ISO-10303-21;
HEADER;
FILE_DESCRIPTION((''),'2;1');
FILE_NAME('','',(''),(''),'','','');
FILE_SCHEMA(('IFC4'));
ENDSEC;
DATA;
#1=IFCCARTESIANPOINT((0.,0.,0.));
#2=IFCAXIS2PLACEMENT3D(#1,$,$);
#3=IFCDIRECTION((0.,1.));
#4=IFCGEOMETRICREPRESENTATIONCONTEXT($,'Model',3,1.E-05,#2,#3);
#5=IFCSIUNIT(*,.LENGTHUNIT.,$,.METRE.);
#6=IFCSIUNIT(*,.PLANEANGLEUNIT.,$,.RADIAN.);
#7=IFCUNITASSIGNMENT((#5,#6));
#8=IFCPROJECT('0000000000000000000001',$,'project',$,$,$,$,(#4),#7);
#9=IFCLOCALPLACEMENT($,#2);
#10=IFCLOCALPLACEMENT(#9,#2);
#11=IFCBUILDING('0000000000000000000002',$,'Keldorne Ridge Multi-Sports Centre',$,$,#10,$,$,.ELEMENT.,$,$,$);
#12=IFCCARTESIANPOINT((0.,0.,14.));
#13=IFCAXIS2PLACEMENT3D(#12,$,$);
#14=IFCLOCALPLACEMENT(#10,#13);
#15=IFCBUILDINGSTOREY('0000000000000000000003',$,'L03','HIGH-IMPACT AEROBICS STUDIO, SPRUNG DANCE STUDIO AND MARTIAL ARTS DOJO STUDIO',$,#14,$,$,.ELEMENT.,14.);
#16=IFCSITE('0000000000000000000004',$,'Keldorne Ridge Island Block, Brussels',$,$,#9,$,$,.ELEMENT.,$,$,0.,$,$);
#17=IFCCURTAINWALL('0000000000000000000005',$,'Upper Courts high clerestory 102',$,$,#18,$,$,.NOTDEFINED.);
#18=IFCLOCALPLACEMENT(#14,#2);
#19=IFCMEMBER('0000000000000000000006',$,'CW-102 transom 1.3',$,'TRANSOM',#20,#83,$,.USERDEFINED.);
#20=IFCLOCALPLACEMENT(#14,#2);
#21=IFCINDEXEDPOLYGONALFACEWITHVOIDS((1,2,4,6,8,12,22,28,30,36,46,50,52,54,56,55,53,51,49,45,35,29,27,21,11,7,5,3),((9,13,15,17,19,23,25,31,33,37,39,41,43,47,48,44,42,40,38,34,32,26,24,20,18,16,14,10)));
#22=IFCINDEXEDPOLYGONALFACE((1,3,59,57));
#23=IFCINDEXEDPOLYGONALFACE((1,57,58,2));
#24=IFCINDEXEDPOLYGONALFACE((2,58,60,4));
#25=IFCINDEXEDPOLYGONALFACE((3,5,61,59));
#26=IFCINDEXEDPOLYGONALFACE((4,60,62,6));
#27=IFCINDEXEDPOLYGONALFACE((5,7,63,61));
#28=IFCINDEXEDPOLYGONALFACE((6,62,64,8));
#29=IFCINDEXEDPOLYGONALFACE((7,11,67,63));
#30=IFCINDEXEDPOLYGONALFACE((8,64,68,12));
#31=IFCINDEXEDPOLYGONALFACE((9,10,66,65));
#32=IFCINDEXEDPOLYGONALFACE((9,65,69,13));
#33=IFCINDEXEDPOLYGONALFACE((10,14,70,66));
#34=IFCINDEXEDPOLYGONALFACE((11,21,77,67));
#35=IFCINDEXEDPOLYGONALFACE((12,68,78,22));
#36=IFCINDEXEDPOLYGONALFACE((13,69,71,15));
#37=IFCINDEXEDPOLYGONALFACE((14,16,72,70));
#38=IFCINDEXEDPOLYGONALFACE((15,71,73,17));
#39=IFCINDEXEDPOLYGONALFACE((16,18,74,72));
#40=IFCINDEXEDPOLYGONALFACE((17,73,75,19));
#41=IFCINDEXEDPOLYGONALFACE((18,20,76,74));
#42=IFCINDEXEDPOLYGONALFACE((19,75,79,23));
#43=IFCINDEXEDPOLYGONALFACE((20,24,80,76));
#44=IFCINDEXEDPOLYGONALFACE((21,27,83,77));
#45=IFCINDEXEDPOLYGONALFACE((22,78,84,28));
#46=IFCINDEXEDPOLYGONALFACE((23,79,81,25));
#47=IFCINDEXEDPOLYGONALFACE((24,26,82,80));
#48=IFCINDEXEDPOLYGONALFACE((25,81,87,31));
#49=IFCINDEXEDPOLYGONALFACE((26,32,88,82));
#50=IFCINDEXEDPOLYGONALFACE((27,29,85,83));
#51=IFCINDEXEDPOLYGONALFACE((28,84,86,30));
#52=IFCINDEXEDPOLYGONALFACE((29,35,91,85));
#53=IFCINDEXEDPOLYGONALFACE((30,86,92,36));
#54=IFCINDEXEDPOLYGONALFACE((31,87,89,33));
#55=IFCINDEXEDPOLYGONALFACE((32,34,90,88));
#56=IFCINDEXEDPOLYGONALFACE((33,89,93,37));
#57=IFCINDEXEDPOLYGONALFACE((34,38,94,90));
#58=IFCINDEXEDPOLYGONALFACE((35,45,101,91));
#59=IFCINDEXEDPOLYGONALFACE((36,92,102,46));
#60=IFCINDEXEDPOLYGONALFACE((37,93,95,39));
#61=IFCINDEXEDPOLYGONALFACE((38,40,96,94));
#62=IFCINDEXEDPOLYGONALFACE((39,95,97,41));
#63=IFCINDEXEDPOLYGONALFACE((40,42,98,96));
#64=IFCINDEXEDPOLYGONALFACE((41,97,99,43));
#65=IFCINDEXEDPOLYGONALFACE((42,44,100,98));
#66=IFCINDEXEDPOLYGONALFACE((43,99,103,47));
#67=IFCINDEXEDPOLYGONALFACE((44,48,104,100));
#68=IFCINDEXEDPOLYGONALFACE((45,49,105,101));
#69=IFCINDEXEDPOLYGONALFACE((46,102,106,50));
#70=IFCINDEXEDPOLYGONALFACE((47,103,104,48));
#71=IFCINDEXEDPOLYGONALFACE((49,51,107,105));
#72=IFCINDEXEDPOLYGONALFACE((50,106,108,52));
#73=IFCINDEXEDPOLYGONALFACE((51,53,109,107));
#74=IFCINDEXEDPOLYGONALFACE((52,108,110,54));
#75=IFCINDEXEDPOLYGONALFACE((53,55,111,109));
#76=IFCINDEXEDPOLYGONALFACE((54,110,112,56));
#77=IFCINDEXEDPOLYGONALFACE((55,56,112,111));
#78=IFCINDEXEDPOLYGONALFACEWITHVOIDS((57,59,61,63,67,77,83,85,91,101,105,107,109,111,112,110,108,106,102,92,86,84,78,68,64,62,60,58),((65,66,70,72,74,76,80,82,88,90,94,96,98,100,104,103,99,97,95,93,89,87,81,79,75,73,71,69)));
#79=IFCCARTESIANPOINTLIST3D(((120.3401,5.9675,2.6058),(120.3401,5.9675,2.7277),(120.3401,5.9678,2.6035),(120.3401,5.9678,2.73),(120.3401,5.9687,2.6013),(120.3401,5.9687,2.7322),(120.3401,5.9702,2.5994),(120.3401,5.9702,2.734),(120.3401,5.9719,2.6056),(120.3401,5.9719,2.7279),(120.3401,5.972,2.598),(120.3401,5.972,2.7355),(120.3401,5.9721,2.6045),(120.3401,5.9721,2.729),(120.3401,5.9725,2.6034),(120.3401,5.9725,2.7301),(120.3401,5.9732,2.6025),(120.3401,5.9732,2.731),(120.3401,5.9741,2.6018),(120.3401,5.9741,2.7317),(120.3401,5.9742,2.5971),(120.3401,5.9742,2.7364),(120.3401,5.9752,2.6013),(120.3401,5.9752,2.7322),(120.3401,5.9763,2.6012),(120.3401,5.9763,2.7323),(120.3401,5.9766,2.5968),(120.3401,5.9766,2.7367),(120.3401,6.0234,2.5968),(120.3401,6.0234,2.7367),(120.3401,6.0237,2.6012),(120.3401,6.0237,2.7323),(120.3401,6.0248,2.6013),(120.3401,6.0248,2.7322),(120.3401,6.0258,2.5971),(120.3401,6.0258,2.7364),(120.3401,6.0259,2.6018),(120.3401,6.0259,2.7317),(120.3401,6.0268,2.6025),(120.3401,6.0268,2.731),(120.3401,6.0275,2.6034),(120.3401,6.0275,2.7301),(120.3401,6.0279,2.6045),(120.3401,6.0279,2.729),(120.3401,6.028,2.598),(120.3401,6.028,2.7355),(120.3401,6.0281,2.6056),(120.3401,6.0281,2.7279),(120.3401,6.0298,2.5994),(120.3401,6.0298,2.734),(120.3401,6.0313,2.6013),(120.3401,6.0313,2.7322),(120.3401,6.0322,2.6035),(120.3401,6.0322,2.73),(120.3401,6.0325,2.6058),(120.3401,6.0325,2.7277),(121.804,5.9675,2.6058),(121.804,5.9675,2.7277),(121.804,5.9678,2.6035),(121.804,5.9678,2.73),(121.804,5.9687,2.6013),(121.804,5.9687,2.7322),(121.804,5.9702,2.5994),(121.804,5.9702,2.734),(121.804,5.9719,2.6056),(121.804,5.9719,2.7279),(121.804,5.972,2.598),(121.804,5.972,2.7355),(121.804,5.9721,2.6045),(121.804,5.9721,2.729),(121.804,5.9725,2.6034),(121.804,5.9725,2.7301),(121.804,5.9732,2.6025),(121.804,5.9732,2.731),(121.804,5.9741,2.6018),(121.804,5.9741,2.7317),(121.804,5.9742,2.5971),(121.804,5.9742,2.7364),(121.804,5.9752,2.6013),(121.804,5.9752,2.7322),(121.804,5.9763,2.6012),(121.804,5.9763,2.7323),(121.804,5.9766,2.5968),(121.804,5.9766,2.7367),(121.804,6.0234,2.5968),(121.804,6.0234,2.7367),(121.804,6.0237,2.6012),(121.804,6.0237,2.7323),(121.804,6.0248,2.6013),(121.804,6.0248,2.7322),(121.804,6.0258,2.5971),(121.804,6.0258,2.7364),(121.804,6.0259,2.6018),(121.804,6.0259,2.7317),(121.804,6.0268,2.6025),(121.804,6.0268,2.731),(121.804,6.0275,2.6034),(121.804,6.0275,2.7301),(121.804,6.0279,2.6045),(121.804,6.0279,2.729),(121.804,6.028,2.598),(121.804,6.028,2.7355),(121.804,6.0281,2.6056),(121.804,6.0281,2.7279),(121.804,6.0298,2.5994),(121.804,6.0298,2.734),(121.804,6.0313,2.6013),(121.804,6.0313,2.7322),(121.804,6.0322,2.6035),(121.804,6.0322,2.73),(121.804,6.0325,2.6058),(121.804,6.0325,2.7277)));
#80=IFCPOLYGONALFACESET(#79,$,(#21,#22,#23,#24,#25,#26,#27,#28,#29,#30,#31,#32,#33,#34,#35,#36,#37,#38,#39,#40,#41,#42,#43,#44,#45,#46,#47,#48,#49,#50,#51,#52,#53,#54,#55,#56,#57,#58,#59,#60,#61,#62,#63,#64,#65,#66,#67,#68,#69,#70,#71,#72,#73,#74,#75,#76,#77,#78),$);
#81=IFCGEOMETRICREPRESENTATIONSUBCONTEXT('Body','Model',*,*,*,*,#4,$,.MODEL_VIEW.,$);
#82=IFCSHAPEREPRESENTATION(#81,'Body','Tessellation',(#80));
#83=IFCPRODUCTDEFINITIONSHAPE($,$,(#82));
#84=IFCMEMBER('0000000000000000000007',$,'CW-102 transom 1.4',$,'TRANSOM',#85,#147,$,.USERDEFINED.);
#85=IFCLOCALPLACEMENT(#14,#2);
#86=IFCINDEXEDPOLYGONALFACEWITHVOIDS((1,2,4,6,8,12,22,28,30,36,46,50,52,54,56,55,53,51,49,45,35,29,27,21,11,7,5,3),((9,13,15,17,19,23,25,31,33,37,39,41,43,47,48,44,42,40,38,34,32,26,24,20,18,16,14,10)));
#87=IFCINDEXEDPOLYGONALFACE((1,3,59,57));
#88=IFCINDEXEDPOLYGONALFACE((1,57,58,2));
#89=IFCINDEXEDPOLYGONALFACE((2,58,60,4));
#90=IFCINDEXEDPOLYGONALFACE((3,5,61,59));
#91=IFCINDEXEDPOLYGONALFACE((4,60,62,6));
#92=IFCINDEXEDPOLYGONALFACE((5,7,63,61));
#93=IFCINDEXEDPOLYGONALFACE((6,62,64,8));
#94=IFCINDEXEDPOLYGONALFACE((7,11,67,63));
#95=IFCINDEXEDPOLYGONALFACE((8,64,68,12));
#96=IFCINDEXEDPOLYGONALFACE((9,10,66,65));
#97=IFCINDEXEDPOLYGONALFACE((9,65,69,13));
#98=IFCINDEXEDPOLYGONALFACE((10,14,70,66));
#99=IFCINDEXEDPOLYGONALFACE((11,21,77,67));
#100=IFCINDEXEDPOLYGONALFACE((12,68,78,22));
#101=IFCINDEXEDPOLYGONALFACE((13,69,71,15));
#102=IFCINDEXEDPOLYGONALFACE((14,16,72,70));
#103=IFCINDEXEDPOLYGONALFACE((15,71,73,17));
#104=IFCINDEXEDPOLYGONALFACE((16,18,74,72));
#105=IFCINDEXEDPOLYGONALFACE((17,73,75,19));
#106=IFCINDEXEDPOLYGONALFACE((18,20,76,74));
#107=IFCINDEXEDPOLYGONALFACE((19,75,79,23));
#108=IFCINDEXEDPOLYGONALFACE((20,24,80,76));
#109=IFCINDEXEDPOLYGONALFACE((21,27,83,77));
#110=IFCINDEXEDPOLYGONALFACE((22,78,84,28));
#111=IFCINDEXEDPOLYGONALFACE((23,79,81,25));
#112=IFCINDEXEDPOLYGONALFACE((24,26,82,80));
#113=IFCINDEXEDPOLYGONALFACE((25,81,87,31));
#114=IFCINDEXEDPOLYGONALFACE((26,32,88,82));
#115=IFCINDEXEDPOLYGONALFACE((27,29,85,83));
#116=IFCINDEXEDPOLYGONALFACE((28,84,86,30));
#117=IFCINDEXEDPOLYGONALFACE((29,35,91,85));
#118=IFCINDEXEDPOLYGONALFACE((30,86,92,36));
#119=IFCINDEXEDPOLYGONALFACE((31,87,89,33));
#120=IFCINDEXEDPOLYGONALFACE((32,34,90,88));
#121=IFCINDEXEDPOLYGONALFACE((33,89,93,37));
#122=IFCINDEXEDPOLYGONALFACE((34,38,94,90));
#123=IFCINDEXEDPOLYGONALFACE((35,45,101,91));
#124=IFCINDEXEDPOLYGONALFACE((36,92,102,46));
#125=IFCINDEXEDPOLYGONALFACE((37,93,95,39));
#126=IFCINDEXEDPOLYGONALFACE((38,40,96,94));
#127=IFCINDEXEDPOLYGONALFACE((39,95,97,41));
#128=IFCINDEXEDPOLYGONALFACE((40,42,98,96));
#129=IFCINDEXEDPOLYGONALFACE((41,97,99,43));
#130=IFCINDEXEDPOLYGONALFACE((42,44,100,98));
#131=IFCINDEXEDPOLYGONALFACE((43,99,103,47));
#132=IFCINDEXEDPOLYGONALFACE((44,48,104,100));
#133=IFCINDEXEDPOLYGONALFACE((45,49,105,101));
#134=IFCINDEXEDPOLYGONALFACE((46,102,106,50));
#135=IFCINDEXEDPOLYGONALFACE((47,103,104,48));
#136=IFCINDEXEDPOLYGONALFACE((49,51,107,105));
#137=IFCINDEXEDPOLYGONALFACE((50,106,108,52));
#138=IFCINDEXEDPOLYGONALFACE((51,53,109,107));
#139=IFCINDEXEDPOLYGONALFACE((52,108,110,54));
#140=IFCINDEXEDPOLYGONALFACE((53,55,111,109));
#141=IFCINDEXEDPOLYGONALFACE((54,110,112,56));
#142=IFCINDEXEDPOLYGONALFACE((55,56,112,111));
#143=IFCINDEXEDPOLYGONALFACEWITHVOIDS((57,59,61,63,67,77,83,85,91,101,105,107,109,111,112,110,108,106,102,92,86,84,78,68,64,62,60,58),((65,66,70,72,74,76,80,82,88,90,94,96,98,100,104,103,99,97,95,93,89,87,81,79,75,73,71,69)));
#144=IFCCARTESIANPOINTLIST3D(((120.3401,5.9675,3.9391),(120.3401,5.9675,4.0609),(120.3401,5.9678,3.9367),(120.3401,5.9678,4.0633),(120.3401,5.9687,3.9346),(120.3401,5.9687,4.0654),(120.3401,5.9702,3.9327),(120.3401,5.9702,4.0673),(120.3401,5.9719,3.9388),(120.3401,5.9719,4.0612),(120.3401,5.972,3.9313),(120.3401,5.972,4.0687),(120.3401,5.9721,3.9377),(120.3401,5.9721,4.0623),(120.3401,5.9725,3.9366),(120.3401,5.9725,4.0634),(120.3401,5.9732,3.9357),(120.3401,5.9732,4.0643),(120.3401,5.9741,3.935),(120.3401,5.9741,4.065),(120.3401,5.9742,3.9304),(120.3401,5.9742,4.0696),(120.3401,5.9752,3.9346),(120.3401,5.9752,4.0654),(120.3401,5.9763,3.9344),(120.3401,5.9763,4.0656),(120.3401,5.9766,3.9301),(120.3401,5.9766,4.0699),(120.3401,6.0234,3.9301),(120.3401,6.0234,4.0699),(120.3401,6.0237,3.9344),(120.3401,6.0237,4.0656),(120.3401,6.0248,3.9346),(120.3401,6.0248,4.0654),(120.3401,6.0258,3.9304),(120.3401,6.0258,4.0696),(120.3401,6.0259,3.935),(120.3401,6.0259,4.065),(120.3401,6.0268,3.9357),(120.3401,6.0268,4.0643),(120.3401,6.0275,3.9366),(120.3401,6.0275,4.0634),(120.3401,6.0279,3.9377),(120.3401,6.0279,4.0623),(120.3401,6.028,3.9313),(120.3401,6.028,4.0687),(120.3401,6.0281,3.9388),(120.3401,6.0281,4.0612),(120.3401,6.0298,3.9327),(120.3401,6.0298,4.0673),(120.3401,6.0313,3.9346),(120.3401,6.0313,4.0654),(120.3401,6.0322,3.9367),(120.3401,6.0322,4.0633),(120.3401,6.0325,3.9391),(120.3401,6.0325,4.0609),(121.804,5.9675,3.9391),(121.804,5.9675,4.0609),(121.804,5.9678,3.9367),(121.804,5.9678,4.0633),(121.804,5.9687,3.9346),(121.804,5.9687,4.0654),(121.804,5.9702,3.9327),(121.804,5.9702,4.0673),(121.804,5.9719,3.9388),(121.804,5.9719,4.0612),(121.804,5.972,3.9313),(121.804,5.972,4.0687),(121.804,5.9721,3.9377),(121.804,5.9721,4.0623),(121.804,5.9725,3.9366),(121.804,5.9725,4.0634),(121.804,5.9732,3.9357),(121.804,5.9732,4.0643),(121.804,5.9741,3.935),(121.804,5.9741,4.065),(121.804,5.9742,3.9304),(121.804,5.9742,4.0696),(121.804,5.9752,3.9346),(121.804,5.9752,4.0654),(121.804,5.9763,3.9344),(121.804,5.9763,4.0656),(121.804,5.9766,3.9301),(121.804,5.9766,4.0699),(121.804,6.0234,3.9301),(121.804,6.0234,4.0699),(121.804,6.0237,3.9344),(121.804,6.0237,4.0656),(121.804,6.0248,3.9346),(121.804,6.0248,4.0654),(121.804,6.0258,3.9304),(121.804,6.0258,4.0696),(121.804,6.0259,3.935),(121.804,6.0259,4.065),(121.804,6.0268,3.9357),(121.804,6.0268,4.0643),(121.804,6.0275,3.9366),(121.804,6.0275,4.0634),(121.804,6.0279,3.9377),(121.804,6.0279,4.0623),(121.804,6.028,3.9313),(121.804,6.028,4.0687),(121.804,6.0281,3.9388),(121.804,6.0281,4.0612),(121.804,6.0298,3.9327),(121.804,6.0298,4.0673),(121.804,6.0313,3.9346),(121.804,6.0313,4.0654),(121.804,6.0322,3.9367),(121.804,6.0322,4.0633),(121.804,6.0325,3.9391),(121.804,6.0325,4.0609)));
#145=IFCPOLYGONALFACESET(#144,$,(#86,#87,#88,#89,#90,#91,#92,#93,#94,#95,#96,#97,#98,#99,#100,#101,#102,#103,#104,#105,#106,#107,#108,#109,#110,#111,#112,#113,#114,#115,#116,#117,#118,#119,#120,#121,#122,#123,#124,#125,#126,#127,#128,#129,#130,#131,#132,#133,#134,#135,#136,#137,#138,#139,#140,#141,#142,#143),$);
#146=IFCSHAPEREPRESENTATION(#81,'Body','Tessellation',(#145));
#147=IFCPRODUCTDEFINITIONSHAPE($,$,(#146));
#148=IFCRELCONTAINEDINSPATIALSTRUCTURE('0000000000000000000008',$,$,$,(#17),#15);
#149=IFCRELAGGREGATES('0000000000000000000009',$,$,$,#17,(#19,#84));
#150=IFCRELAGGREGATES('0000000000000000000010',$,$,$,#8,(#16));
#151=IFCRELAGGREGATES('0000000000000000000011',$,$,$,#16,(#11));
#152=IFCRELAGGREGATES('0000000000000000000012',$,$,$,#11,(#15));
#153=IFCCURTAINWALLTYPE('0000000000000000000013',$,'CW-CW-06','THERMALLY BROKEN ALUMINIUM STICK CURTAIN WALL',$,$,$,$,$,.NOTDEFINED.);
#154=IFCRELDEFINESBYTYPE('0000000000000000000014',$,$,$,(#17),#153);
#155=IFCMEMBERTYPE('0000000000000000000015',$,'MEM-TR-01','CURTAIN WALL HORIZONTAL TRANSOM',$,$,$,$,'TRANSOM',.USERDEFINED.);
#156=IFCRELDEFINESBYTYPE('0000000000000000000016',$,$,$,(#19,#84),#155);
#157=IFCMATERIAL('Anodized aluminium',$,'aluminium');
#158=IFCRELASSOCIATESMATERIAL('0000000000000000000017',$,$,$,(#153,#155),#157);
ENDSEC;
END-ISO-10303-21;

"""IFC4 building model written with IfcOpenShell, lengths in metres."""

from ifc_helpers import new_model, si_unit, direction, frame, origin, origin_2d, place, context, subcontext, project, spatial, hollow_rectangle, extrude, material, material_profile, profile_set, type_object, element, aggregate, save


model = new_model("IFC4")

# Units and contexts
model_context = context("Model", 3, precision=1e-05, world=origin(), true_north=direction((0.0, 1.0)))
body_context = subcontext(model_context, "Body", "Model", "MODEL_VIEW")
ifc_project = project(units=[si_unit("LENGTHUNIT", "METRE"), si_unit("PLANEANGLEUNIT", "RADIAN")], contexts=[model_context])

# Site, building, storey
site_placement = place(None, origin())
site = spatial("IfcSite", under=ifc_project, at=site_placement, Name="Keldorne Ridge Island Block, Brussels", CompositionType="ELEMENT", RefElevation=0.0)
building_placement = place(site_placement, origin())
building = spatial("IfcBuilding", under=site, at=building_placement, Name="Keldorne Ridge Multi-Sports Centre", CompositionType="ELEMENT")
storey_placement = place(building_placement, frame((0.0, 0.0, 14.0)))
storey = spatial("IfcBuildingStorey", under=building, at=storey_placement, Name="L03", Description="HIGH-IMPACT AEROBICS STUDIO, SPRUNG DANCE STUDIO AND MARTIAL ARTS DOJO STUDIO", CompositionType="ELEMENT", Elevation=14.0)

# Curtain wall, members
ifc_material_1 = material(Name="Anodized aluminium", Category="aluminium")
curtain_wall_type = type_object("IfcCurtainWallType", Name="CW-CW-06", Description="THERMALLY BROKEN ALUMINIUM STICK CURTAIN WALL", PredefinedType="NOTDEFINED", material=ifc_material_1)
curtain_wall_placement = place(storey_placement, origin())
curtain_wall = element("IfcCurtainWall", 1, at=curtain_wall_placement, inside=storey, type_object=curtain_wall_type, Name="Upper Courts high clerestory 102", PredefinedType="NOTDEFINED")
ifc_material_profile_1 = material_profile(ifc_material_1, hollow_rectangle(XDim=0.0649, YDim=0.1399, WallThickness=0.0044, InnerFilletRadius=0.0044, OuterFilletRadius=0.009, at=origin_2d()), Name="ALU TRANSOM 140x65x4.5")
ifc_profile_set_1 = profile_set([ifc_material_profile_1], Name="Anodized aluminium")
member_type_1 = type_object("IfcMemberType", Name="MEM-TR-01", Description="CURTAIN WALL HORIZONTAL TRANSOM", ElementType="TRANSOM", PredefinedType="USERDEFINED", material=ifc_profile_set_1)
member_1_placement = place(storey_placement, frame((120.3401, 6.0, 2.6667), z_axis=(1.0, 0.0, 0.0), x_axis=(0.0, 1.0, 0.0)))
member_1 = element("IfcMember", 2, at=member_1_placement, type_object=member_type_1, Name="CW-102 transom 1.3", ObjectType="TRANSOM", PredefinedType="USERDEFINED", context=body_context, shape_type="SweptSolid", body=[
    extrude(hollow_rectangle(XDim=0.0649, YDim=0.1399, WallThickness=0.0044, InnerFilletRadius=0.0044, OuterFilletRadius=0.009, at=origin_2d()), origin(), (0.0, 0.0, 1.0), 1.4639),
])
member_2_placement = place(storey_placement, frame((120.3401, 6.0, 4.0), z_axis=(1.0, 0.0, 0.0), x_axis=(0.0, 1.0, 0.0)))
member_2 = element("IfcMember", 3, at=member_2_placement, type_object=member_type_1, Name="CW-102 transom 1.4", ObjectType="TRANSOM", PredefinedType="USERDEFINED", context=body_context, shape_type="SweptSolid", body=[
    extrude(hollow_rectangle(XDim=0.0649, YDim=0.1399, WallThickness=0.0044, InnerFilletRadius=0.0044, OuterFilletRadius=0.009, at=origin_2d()), origin(), (0.0, 0.0, 1.0), 1.4639),
])
aggregate(curtain_wall, [member_1, member_2])

save(model, "model.ifc")
